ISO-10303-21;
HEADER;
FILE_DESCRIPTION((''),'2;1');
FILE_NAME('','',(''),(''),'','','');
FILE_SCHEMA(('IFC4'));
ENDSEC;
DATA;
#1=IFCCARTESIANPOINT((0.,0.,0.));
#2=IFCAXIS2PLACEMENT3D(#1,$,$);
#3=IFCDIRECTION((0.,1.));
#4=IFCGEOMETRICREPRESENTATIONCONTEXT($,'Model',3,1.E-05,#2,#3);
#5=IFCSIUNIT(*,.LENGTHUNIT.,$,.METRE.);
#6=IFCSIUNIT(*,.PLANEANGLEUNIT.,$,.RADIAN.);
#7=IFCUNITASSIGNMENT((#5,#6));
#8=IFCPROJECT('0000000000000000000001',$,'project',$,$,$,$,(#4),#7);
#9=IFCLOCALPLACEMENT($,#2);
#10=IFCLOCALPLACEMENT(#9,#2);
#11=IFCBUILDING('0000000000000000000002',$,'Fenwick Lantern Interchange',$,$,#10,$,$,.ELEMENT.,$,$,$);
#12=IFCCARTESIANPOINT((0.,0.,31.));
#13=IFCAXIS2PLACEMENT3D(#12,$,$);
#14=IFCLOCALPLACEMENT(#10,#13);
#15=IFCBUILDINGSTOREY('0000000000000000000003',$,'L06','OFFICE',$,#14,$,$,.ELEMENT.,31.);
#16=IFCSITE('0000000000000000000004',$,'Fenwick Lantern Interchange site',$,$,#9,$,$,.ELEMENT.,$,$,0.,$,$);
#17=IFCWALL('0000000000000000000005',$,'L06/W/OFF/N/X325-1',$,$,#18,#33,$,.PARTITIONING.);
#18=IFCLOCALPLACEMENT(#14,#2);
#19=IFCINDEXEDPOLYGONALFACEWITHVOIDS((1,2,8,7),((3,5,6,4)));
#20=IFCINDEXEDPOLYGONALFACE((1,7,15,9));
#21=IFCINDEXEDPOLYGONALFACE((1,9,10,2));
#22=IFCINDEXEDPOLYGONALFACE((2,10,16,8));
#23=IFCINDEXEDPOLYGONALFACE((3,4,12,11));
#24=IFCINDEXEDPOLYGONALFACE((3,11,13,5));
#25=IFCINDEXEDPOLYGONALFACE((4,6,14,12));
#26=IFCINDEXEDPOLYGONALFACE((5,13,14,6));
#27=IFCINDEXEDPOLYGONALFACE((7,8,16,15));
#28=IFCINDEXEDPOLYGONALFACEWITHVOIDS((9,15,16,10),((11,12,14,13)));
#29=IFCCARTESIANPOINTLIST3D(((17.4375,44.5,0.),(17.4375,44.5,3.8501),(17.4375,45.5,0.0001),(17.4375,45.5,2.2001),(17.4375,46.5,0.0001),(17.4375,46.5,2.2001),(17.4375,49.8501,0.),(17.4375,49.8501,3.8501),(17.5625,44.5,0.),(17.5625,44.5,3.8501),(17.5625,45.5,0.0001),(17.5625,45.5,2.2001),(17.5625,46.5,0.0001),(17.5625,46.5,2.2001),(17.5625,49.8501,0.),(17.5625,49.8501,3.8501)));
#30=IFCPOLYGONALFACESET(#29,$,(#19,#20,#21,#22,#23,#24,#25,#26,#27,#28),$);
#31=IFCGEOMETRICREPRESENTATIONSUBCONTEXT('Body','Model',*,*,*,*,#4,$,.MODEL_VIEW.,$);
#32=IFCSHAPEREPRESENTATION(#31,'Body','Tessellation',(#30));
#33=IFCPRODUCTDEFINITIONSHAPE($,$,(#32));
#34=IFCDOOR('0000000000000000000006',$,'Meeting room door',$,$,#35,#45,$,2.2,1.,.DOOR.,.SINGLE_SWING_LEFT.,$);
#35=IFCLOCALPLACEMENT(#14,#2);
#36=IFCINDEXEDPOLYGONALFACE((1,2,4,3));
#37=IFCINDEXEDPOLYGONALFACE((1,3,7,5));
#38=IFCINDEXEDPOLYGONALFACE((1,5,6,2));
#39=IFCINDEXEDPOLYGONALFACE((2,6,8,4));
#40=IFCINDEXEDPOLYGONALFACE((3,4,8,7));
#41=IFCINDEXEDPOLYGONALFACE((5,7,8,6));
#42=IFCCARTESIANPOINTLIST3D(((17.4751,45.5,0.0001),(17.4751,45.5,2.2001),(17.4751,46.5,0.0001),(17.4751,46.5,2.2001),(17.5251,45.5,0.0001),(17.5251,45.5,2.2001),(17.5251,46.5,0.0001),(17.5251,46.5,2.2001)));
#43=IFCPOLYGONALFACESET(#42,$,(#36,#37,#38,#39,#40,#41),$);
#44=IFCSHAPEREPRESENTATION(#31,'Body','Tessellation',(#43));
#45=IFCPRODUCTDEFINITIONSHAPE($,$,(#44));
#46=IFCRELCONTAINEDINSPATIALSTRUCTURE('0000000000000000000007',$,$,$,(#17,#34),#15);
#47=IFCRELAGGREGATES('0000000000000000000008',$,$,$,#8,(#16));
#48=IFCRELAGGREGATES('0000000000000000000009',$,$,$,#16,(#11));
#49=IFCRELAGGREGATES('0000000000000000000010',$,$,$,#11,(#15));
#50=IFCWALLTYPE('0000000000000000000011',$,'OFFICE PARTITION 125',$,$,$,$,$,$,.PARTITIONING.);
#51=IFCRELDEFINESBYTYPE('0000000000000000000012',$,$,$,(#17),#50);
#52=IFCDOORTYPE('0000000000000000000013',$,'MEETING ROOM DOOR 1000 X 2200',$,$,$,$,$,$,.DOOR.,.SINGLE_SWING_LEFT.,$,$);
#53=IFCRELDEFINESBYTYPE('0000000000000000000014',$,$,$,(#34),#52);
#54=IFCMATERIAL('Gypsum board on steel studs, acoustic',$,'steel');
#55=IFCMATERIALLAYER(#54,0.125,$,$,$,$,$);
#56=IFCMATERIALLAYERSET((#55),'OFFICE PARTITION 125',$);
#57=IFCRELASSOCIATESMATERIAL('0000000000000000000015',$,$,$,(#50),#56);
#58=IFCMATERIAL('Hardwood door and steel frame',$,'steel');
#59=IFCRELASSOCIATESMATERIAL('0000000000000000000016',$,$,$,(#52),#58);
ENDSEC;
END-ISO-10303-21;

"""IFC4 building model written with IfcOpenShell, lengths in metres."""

from ifc_helpers import new_model, si_unit, direction, frame, frame_2d, origin, place, context, subcontext, project, spatial, rectangle, extrude, material, layer, layer_set, type_object, element, fill, save


model = new_model("IFC4")

# Units and contexts
model_context = context("Model", 3, precision=1e-05, world=origin(), true_north=direction((0.0, 1.0)))
body_context = subcontext(model_context, "Body", "Model", "MODEL_VIEW")
ifc_project = project(units=[si_unit("LENGTHUNIT", "METRE"), si_unit("PLANEANGLEUNIT", "RADIAN")], contexts=[model_context])

# Site, building, storey
site_placement = place(None, origin())
site = spatial("IfcSite", under=ifc_project, at=site_placement, Name="Fenwick Lantern Interchange site", CompositionType="ELEMENT", RefElevation=0.0)
building_placement = place(site_placement, origin())
building = spatial("IfcBuilding", under=site, at=building_placement, Name="Fenwick Lantern Interchange", CompositionType="ELEMENT")
storey_placement = place(building_placement, frame((0.0, 0.0, 31.0)))
storey = spatial("IfcBuildingStorey", under=building, at=storey_placement, Name="L06", Description="OFFICE", CompositionType="ELEMENT", Elevation=31.0)

# Wall, opening, door
ifc_material_1 = material(Name="Gypsum board on steel studs, acoustic", Category="steel")
ifc_layer_1 = layer(ifc_material_1, 0.125)
ifc_layer_set_1 = layer_set([ifc_layer_1], Name="OFFICE PARTITION 125")
wall_type = type_object("IfcWallType", Name="OFFICE PARTITION 125", PredefinedType="PARTITIONING", material=ifc_layer_set_1)
wall_placement = place(storey_placement, frame((17.5, 49.8501, 0.0), z_axis=(0.0, 0.0, 1.0), x_axis=(0.0, -1.0, 0.0)))
wall = element("IfcWall", 1, at=wall_placement, inside=storey, type_object=wall_type, Name="L06/W/OFF/N/X325-1", PredefinedType="PARTITIONING", context=body_context, shape_type="SweptSolid", body=[
    extrude(rectangle(XDim=5.3501, YDim=0.125, at=frame_2d((2.675, 0.0))), origin(), (0.0, 0.0, 1.0), 3.8501),
])
opening_placement = place(wall_placement, frame((3.3501, 0.0, 0.0)))
opening = element("IfcOpeningElement", 2, at=opening_placement, cuts=wall, PredefinedType="OPENING", context=body_context, shape_type="SweptSolid", body=[
    extrude(rectangle(XDim=1.0, YDim=2.2, at=frame_2d((0.5, 1.1001))), frame((0.0, 0.0725, 0.0), z_axis=(0.0, -1.0, 0.0), x_axis=(1.0, 0.0, 0.0)), (0.0, 0.0, 1.0), 0.145),
])
ifc_material_2 = material(Name="Hardwood door and steel frame", Category="steel")
door_type = type_object("IfcDoorType", Name="MEETING ROOM DOOR 1000 X 2200", OperationType="SINGLE_SWING_LEFT", PredefinedType="DOOR", material=ifc_material_2)
door_placement = place(opening_placement, frame((1.0, 0.0, 0.0), z_axis=(0.0, 0.0, 1.0), x_axis=(-1.0, 0.0, 0.0)))
door = element("IfcDoor", 3, at=door_placement, inside=storey, type_object=door_type, Name="Meeting room door", OperationType="SINGLE_SWING_LEFT", OverallHeight=2.2, OverallWidth=1.0, PredefinedType="DOOR", context=body_context, shape_type="SweptSolid", body=[
    extrude(rectangle(XDim=1.0, YDim=2.2, at=frame_2d((0.5, 1.1001))), frame((0.0, 0.0249, 0.0), z_axis=(0.0, -1.0, 0.0), x_axis=(1.0, 0.0, 0.0)), (0.0, 0.0, 1.0), 0.05),
])
fill(opening, door)

save(model, "model.ifc")
